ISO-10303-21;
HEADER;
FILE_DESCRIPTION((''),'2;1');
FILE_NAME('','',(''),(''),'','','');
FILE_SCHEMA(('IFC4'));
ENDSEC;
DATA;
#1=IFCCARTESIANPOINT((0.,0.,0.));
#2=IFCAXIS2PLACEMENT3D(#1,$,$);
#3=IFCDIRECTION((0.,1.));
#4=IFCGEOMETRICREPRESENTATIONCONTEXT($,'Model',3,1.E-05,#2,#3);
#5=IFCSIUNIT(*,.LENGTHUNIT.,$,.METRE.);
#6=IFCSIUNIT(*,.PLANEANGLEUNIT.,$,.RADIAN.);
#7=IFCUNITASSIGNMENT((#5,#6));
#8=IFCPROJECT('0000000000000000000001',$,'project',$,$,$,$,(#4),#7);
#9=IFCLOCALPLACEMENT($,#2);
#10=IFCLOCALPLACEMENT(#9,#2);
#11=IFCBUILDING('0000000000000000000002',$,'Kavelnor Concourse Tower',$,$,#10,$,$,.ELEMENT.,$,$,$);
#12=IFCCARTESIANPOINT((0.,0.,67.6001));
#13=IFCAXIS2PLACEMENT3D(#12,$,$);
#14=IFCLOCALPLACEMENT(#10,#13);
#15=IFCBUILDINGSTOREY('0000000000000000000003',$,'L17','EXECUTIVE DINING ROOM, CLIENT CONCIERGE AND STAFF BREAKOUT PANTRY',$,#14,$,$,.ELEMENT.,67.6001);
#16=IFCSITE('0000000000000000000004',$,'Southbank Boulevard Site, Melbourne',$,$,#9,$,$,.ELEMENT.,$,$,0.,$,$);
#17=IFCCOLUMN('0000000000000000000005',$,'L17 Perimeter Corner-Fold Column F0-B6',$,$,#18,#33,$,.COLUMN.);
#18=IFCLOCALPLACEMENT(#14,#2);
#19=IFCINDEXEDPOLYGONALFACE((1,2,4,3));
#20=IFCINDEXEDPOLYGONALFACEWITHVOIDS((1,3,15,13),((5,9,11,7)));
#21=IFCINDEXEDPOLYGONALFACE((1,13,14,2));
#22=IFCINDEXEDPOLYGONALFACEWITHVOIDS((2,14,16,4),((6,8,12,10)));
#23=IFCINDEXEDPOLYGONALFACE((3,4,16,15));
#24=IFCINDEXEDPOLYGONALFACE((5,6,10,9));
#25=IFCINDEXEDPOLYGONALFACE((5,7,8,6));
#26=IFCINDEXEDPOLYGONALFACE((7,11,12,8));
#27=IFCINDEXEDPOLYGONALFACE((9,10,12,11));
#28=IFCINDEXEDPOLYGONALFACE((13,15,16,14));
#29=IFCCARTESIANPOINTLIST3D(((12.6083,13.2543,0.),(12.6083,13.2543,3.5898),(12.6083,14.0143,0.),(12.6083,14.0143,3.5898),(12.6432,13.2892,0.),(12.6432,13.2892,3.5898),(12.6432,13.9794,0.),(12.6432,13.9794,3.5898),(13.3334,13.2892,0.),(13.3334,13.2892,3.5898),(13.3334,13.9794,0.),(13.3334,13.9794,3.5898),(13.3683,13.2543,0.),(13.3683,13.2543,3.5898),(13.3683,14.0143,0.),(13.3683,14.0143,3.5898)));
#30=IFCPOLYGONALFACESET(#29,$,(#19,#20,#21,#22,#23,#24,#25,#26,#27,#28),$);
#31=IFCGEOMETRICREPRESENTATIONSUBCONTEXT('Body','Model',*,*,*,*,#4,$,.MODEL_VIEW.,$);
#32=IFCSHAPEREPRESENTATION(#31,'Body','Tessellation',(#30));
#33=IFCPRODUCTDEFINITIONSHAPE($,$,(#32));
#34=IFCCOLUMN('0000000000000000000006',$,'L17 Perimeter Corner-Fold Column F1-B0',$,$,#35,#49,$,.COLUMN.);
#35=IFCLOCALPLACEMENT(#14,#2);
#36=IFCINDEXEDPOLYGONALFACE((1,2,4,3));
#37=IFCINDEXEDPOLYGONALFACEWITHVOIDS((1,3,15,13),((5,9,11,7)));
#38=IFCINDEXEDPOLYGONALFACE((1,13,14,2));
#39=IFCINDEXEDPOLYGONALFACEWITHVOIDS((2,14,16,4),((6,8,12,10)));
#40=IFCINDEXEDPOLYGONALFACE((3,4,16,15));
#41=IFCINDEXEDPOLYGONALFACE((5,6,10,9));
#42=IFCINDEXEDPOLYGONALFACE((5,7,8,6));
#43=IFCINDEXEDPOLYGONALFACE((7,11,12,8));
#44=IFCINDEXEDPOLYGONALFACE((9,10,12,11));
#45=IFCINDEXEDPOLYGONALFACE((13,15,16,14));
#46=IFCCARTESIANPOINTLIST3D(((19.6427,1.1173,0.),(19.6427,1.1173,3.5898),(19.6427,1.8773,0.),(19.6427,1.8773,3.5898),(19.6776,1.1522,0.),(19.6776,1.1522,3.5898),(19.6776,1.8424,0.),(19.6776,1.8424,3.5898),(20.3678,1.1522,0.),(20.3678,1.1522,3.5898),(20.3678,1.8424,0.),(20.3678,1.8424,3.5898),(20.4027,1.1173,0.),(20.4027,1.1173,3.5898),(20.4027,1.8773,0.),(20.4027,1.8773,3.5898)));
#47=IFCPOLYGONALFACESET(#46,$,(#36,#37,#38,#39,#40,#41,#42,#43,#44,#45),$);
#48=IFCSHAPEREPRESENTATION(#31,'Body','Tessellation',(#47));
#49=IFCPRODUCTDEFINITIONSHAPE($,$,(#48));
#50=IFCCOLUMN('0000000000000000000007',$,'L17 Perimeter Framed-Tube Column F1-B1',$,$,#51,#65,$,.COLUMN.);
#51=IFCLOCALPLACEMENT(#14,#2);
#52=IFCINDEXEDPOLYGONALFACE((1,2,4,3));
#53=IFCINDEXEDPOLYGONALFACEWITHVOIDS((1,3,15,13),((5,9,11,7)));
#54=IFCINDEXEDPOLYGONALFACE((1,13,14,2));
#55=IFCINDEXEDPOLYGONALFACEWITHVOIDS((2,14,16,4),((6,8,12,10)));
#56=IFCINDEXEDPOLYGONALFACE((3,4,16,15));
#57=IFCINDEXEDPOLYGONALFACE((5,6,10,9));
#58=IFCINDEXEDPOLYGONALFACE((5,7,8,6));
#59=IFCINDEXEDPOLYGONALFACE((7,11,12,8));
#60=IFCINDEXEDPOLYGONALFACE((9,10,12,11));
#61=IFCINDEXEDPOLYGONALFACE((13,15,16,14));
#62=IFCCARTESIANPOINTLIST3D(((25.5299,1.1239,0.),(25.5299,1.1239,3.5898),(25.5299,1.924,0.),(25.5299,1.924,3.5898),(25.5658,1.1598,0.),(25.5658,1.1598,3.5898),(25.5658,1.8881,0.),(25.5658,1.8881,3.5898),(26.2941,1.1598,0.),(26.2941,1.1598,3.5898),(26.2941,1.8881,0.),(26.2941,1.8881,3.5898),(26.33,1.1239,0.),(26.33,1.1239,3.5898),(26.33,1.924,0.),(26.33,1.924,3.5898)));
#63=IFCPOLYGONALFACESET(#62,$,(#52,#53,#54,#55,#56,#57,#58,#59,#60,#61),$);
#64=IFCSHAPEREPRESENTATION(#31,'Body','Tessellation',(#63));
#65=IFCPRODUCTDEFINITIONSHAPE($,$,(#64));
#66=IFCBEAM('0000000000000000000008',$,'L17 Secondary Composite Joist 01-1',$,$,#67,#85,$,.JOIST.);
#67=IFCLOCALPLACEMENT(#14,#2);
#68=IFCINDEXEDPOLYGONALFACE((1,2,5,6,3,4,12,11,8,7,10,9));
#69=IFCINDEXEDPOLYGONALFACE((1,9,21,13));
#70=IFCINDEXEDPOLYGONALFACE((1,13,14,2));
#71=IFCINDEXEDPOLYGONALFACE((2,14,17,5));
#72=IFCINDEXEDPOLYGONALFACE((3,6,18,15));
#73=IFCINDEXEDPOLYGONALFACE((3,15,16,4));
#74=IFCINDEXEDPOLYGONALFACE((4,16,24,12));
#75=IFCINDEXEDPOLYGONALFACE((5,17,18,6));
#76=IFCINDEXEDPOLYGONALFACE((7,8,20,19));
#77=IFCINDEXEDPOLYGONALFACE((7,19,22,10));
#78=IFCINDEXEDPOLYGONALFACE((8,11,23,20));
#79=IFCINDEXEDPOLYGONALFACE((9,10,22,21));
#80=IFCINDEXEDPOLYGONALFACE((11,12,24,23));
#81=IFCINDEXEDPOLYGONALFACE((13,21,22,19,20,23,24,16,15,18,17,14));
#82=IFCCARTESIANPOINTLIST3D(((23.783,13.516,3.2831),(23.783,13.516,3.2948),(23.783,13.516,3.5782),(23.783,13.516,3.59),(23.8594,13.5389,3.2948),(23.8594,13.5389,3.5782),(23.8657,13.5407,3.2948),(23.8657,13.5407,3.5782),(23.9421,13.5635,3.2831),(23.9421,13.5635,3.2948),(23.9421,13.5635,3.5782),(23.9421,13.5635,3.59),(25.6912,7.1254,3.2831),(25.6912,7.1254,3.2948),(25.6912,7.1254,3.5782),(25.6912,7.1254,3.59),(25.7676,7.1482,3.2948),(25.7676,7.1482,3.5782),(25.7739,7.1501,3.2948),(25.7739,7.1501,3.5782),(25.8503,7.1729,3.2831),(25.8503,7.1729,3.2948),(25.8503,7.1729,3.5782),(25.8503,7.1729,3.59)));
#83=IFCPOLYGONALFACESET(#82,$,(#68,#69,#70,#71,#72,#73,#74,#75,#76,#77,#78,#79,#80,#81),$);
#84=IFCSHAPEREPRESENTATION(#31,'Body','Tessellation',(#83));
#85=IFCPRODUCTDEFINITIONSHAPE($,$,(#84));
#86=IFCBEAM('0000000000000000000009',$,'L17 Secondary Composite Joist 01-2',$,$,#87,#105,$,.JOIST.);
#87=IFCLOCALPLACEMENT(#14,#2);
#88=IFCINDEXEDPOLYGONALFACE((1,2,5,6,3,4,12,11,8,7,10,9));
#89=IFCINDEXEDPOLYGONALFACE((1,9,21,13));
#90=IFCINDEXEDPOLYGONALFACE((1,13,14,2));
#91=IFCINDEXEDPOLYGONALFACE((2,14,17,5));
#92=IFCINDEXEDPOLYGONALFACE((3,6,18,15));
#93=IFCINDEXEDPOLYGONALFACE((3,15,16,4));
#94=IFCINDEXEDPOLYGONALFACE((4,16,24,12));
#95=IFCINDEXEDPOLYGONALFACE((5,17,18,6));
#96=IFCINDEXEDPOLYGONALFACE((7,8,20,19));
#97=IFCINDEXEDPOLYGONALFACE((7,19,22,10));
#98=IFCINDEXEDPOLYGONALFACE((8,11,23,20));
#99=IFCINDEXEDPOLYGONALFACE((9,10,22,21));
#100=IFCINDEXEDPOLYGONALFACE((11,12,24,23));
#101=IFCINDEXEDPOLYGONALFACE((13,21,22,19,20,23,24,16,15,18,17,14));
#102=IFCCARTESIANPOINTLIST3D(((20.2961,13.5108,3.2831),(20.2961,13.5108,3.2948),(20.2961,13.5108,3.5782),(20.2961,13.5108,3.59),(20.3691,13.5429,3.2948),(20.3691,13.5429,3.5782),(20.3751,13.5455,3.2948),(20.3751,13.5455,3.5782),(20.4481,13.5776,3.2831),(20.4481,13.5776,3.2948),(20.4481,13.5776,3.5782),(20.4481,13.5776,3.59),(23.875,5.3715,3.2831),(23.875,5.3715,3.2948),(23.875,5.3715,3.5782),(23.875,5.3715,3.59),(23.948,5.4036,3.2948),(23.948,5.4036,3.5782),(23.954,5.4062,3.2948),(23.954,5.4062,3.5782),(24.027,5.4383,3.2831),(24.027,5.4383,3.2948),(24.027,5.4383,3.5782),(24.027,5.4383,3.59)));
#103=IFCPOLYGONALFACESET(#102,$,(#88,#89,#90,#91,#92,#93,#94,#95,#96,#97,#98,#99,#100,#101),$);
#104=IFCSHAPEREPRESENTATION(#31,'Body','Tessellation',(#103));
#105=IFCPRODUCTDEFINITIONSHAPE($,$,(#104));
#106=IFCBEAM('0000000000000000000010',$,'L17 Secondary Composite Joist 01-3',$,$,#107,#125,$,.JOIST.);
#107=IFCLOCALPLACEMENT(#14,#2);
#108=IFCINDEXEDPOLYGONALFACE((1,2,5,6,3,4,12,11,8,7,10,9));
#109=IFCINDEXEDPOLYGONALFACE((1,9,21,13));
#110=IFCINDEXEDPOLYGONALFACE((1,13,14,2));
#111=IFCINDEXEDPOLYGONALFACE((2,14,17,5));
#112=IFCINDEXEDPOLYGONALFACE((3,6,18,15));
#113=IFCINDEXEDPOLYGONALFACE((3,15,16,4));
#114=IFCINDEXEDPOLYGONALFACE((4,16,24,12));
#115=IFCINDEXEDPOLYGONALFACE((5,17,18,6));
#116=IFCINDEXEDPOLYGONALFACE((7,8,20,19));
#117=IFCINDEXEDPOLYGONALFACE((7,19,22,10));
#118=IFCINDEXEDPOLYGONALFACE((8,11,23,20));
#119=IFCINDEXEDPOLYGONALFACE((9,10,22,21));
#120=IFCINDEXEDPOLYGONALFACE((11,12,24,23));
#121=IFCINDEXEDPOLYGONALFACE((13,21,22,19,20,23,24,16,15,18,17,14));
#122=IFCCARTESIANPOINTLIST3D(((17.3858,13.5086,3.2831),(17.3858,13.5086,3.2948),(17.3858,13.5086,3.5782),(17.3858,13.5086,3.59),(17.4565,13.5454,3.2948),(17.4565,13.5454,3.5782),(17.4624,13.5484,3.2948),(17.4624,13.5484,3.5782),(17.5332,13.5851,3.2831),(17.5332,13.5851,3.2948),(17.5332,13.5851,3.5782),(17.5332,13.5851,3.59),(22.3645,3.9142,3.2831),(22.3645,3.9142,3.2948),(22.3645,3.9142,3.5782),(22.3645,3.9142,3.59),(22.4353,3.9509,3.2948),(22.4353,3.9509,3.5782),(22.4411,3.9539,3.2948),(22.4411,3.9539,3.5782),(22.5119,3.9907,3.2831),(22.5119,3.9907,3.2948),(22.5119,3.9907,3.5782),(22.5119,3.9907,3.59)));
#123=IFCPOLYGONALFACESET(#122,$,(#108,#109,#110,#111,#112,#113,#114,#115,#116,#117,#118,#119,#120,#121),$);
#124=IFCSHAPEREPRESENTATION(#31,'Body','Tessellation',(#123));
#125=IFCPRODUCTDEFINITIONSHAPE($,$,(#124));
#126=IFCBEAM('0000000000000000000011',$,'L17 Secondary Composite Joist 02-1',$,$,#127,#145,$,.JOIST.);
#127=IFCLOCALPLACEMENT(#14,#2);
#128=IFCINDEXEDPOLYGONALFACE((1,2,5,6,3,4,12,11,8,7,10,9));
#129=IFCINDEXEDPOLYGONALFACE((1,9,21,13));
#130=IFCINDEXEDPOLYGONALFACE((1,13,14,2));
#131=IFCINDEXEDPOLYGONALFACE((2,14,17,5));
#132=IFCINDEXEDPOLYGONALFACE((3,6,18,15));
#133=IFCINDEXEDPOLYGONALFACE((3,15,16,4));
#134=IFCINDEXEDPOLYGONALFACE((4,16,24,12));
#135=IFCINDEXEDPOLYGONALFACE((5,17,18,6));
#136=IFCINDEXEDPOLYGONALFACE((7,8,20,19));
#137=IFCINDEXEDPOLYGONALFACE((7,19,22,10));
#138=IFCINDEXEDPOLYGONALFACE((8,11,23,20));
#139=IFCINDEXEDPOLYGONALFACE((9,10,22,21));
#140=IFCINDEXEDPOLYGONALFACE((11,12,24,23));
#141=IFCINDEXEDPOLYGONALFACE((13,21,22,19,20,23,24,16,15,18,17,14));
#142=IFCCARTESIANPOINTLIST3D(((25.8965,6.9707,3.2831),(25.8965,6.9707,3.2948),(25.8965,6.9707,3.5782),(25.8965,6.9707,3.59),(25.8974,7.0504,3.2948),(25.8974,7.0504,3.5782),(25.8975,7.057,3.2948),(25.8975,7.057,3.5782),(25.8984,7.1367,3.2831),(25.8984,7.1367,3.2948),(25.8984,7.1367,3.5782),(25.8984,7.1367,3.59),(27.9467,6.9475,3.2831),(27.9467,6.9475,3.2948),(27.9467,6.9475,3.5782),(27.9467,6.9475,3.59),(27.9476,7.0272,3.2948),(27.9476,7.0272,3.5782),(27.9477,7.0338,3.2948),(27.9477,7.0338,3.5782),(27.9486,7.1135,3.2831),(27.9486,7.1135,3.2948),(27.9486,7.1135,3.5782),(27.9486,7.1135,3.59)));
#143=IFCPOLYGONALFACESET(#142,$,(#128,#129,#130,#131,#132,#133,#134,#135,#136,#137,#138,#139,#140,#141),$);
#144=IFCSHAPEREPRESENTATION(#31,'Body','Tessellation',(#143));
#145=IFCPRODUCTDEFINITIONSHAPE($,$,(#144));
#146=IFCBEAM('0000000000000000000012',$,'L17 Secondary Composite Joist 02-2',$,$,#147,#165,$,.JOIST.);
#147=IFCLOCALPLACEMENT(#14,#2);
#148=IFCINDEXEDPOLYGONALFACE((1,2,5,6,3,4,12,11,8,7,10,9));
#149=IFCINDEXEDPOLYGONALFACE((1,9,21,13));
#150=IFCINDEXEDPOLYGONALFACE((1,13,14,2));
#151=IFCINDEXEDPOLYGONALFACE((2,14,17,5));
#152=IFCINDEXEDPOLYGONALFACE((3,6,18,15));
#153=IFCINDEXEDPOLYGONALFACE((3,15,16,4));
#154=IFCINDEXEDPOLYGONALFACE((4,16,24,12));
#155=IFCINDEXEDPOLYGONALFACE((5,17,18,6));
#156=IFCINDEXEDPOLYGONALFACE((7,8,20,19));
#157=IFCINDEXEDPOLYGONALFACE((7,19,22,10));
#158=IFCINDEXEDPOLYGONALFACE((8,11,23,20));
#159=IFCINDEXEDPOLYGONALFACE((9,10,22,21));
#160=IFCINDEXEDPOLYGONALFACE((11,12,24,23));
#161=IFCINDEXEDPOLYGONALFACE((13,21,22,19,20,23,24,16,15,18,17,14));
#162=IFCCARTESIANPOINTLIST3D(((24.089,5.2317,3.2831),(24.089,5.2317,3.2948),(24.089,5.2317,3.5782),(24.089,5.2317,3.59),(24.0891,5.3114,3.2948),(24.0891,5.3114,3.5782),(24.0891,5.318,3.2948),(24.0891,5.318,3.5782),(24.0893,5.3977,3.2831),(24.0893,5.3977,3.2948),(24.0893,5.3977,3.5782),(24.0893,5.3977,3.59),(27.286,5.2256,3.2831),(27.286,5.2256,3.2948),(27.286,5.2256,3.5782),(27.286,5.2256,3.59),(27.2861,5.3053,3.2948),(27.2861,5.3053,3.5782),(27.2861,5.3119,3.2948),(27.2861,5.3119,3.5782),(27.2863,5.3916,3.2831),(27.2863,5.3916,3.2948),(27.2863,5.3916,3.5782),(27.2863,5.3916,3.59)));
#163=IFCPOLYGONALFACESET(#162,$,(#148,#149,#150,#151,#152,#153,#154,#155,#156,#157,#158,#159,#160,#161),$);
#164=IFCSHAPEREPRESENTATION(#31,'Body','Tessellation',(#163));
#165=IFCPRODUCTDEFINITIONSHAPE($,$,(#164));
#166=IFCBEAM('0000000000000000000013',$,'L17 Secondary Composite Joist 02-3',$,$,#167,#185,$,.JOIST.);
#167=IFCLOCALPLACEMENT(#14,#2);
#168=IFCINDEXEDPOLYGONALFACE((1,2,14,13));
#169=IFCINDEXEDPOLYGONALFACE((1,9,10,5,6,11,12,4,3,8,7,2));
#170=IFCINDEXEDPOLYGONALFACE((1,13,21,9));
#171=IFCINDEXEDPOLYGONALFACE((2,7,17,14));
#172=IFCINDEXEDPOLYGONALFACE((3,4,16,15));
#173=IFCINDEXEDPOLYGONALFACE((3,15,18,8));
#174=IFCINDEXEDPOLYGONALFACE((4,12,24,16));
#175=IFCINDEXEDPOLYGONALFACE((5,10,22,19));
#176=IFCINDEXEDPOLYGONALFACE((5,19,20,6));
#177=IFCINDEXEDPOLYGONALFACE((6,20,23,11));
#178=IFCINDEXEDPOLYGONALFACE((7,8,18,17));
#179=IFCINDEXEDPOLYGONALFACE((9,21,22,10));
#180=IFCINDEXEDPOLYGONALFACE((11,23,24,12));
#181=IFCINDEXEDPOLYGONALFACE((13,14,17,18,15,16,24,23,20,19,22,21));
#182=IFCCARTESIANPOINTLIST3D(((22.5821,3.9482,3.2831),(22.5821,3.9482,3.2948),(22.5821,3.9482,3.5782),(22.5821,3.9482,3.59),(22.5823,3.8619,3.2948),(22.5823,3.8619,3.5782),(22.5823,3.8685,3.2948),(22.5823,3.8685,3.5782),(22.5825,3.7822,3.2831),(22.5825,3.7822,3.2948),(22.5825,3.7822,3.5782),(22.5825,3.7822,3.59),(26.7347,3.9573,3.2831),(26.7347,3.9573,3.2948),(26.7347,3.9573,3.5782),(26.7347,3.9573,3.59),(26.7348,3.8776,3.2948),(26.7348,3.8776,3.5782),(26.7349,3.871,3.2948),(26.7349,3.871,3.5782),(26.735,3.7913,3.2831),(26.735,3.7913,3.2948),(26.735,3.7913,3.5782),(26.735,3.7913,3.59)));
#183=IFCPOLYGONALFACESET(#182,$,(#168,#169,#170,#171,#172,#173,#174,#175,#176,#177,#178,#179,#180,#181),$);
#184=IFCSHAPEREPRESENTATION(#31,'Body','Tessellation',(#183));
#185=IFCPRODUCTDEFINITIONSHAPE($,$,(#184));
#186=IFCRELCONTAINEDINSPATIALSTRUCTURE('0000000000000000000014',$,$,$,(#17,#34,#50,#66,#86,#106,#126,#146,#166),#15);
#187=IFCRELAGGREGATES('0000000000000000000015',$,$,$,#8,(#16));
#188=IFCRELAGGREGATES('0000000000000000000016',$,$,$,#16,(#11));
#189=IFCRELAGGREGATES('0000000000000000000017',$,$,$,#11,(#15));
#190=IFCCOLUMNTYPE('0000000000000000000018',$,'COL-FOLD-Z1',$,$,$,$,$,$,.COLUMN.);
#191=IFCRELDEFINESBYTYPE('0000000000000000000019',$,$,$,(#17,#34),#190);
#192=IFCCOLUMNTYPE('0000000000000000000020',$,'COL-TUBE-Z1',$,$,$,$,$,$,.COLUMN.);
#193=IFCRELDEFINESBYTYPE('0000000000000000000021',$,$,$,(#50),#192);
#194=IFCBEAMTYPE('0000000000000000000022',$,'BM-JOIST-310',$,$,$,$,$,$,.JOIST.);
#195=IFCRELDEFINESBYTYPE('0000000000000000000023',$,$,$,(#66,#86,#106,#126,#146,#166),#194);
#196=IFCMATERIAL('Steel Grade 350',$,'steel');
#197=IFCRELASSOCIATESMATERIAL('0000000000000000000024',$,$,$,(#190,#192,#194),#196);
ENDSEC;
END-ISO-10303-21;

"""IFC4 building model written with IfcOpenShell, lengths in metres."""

from ifc_helpers import new_model, si_unit, direction, frame, origin, origin_2d, place, context, subcontext, project, spatial, hollow_rectangle, i_section, extrude, material, material_profile, profile_set, type_object, element, save


model = new_model("IFC4")

# Units and contexts
model_context = context("Model", 3, precision=1e-05, world=origin(), true_north=direction((0.0, 1.0)))
body_context = subcontext(model_context, "Body", "Model", "MODEL_VIEW")
ifc_project = project(units=[si_unit("LENGTHUNIT", "METRE"), si_unit("PLANEANGLEUNIT", "RADIAN")], contexts=[model_context])

# Site, building, storey
site_placement = place(None, origin())
site = spatial("IfcSite", under=ifc_project, at=site_placement, Name="Southbank Boulevard Site, Melbourne", CompositionType="ELEMENT", RefElevation=0.0)
building_placement = place(site_placement, origin())
building = spatial("IfcBuilding", under=site, at=building_placement, Name="Kavelnor Concourse Tower", CompositionType="ELEMENT")
storey_placement = place(building_placement, frame((0.0, 0.0, 67.6001)))
storey = spatial("IfcBuildingStorey", under=building, at=storey_placement, Name="L17", Description="EXECUTIVE DINING ROOM, CLIENT CONCIERGE AND STAFF BREAKOUT PANTRY", CompositionType="ELEMENT", Elevation=67.6001)

# Columns
ifc_material_1 = material(Name="Steel Grade 350", Category="steel")
ifc_material_profile_1 = material_profile(ifc_material_1, hollow_rectangle(XDim=0.76, YDim=0.76, WallThickness=0.0349, at=origin_2d()), Name="SHS 760x760x35")
ifc_profile_set_1 = profile_set([ifc_material_profile_1], Name="Steel Grade 350")
column_type_1 = type_object("IfcColumnType", Name="COL-FOLD-Z1", PredefinedType="COLUMN", material=ifc_profile_set_1)
for number, where, z_axis, x_axis, name in (
    (1, (12.9883, 13.6343, 0.0), (0.0, 0.0, 1.0), (1.0, 0.0, 0.0), "L17 Perimeter Corner-Fold Column F0-B6"),
    (2, (20.0227, 1.4973, 0.0), (0.0, 0.0, 1.0), (1.0, 0.0, 0.0), "L17 Perimeter Corner-Fold Column F1-B0"),
):
    element("IfcColumn", number, at=place(storey_placement, frame(where, z_axis=z_axis, x_axis=x_axis)), inside=storey, type_object=column_type_1, Name=name, PredefinedType="COLUMN", context=body_context, shape_type="SweptSolid", body=[
        extrude(hollow_rectangle(XDim=0.76, YDim=0.76, WallThickness=0.0349, at=origin_2d()), origin(), (0.0, 0.0, 1.0), 3.5898),
    ])
ifc_material_profile_2 = material_profile(ifc_material_1, hollow_rectangle(XDim=0.8, YDim=0.8, WallThickness=0.0359, at=origin_2d()), Name="SHS 800x800x36")
ifc_profile_set_2 = profile_set([ifc_material_profile_2], Name="Steel Grade 350")
column_type_2 = type_object("IfcColumnType", Name="COL-TUBE-Z1", PredefinedType="COLUMN", material=ifc_profile_set_2)
column_placement = place(storey_placement, frame((25.9299, 1.5239, 0.0), z_axis=(0.0, 0.0, 1.0), x_axis=(1.0, 0.0, 0.0)))
element("IfcColumn", 3, at=column_placement, inside=storey, type_object=column_type_2, Name="L17 Perimeter Framed-Tube Column F1-B1", PredefinedType="COLUMN", context=body_context, shape_type="SweptSolid", body=[
    extrude(hollow_rectangle(XDim=0.8, YDim=0.8, WallThickness=0.0359, at=origin_2d()), origin(), (0.0, 0.0, 1.0), 3.5898),
])

# Beams
ifc_material_profile_3 = material_profile(ifc_material_1, i_section(OverallWidth=0.166, OverallDepth=0.3069, WebThickness=0.0066, FlangeThickness=0.0117, at=origin_2d()), Name="310UB46")
ifc_profile_set_3 = profile_set([ifc_material_profile_3], Name="Steel Grade 350")
beam_type_1 = type_object("IfcBeamType", Name="BM-JOIST-310", PredefinedType="JOIST", material=ifc_profile_set_3)
beam_1_placement = place(storey_placement, frame((23.8625, 13.5398, 3.4365), z_axis=(0.286112, -0.958196, 0.0), x_axis=(0.958196, 0.286112, 0.0)))
element("IfcBeam", 4, at=beam_1_placement, inside=storey, type_object=beam_type_1, Name="L17 Secondary Composite Joist 01-1", PredefinedType="JOIST", context=body_context, shape_type="SweptSolid", body=[
    extrude(i_section(OverallWidth=0.166, OverallDepth=0.3069, WebThickness=0.0066, FlangeThickness=0.0117, at=origin_2d()), origin(), (0.0, 0.0, 1.0), 6.6694),
])
beam_2_placement = place(storey_placement, frame((20.3721, 13.5442, 3.4365), z_axis=(0.402515, -0.915413, 0.0), x_axis=(0.915413, 0.402515, 0.0)))
element("IfcBeam", 5, at=beam_2_placement, inside=storey, type_object=beam_type_1, Name="L17 Secondary Composite Joist 01-2", PredefinedType="JOIST", context=body_context, shape_type="SweptSolid", body=[
    extrude(i_section(OverallWidth=0.166, OverallDepth=0.3069, WebThickness=0.0066, FlangeThickness=0.0117, at=origin_2d()), origin(), (0.0, 0.0, 1.0), 8.8914),
])
beam_3_placement = place(storey_placement, frame((17.4595, 13.5469, 3.4365), z_axis=(0.460597, -0.887609, 0.0), x_axis=(0.887609, 0.460597, 0.0)))
element("IfcBeam", 6, at=beam_3_placement, inside=storey, type_object=beam_type_1, Name="L17 Secondary Composite Joist 01-3", PredefinedType="JOIST", context=body_context, shape_type="SweptSolid", body=[
    extrude(i_section(OverallWidth=0.166, OverallDepth=0.3069, WebThickness=0.0066, FlangeThickness=0.0117, at=origin_2d()), origin(), (0.0, 0.0, 1.0), 10.8093),
])
beam_4_placement = place(storey_placement, frame((25.8975, 7.0537, 3.4365), z_axis=(0.999936, -0.011313, 0.0), x_axis=(0.011313, 0.999936, 0.0)))
element("IfcBeam", 7, at=beam_4_placement, inside=storey, type_object=beam_type_1, Name="L17 Secondary Composite Joist 02-1", PredefinedType="JOIST", context=body_context, shape_type="SweptSolid", body=[
    extrude(i_section(OverallWidth=0.166, OverallDepth=0.3069, WebThickness=0.0066, FlangeThickness=0.0117, at=origin_2d()), origin(), (0.0, 0.0, 1.0), 2.0503),
])
beam_5_placement = place(storey_placement, frame((24.0891, 5.3147, 3.4365), z_axis=(0.999998, -0.001909, 0.0), x_axis=(0.001909, 0.999998, 0.0)))
element("IfcBeam", 8, at=beam_5_placement, inside=storey, type_object=beam_type_1, Name="L17 Secondary Composite Joist 02-2", PredefinedType="JOIST", context=body_context, shape_type="SweptSolid", body=[
    extrude(i_section(OverallWidth=0.166, OverallDepth=0.3069, WebThickness=0.0066, FlangeThickness=0.0117, at=origin_2d()), origin(), (0.0, 0.0, 1.0), 3.197),
])
beam_6_placement = place(storey_placement, frame((22.5823, 3.8652, 3.4365), z_axis=(0.999998, 0.002175, 0.0), x_axis=(-0.002175, 0.999998, 0.0)))
element("IfcBeam", 9, at=beam_6_placement, inside=storey, type_object=beam_type_1, Name="L17 Secondary Composite Joist 02-3", PredefinedType="JOIST", context=body_context, shape_type="SweptSolid", body=[
    extrude(i_section(OverallWidth=0.166, OverallDepth=0.3069, WebThickness=0.0066, FlangeThickness=0.0117, at=origin_2d()), origin(), (0.0, 0.0, 1.0), 4.1526),
])

save(model, "model.ifc")
